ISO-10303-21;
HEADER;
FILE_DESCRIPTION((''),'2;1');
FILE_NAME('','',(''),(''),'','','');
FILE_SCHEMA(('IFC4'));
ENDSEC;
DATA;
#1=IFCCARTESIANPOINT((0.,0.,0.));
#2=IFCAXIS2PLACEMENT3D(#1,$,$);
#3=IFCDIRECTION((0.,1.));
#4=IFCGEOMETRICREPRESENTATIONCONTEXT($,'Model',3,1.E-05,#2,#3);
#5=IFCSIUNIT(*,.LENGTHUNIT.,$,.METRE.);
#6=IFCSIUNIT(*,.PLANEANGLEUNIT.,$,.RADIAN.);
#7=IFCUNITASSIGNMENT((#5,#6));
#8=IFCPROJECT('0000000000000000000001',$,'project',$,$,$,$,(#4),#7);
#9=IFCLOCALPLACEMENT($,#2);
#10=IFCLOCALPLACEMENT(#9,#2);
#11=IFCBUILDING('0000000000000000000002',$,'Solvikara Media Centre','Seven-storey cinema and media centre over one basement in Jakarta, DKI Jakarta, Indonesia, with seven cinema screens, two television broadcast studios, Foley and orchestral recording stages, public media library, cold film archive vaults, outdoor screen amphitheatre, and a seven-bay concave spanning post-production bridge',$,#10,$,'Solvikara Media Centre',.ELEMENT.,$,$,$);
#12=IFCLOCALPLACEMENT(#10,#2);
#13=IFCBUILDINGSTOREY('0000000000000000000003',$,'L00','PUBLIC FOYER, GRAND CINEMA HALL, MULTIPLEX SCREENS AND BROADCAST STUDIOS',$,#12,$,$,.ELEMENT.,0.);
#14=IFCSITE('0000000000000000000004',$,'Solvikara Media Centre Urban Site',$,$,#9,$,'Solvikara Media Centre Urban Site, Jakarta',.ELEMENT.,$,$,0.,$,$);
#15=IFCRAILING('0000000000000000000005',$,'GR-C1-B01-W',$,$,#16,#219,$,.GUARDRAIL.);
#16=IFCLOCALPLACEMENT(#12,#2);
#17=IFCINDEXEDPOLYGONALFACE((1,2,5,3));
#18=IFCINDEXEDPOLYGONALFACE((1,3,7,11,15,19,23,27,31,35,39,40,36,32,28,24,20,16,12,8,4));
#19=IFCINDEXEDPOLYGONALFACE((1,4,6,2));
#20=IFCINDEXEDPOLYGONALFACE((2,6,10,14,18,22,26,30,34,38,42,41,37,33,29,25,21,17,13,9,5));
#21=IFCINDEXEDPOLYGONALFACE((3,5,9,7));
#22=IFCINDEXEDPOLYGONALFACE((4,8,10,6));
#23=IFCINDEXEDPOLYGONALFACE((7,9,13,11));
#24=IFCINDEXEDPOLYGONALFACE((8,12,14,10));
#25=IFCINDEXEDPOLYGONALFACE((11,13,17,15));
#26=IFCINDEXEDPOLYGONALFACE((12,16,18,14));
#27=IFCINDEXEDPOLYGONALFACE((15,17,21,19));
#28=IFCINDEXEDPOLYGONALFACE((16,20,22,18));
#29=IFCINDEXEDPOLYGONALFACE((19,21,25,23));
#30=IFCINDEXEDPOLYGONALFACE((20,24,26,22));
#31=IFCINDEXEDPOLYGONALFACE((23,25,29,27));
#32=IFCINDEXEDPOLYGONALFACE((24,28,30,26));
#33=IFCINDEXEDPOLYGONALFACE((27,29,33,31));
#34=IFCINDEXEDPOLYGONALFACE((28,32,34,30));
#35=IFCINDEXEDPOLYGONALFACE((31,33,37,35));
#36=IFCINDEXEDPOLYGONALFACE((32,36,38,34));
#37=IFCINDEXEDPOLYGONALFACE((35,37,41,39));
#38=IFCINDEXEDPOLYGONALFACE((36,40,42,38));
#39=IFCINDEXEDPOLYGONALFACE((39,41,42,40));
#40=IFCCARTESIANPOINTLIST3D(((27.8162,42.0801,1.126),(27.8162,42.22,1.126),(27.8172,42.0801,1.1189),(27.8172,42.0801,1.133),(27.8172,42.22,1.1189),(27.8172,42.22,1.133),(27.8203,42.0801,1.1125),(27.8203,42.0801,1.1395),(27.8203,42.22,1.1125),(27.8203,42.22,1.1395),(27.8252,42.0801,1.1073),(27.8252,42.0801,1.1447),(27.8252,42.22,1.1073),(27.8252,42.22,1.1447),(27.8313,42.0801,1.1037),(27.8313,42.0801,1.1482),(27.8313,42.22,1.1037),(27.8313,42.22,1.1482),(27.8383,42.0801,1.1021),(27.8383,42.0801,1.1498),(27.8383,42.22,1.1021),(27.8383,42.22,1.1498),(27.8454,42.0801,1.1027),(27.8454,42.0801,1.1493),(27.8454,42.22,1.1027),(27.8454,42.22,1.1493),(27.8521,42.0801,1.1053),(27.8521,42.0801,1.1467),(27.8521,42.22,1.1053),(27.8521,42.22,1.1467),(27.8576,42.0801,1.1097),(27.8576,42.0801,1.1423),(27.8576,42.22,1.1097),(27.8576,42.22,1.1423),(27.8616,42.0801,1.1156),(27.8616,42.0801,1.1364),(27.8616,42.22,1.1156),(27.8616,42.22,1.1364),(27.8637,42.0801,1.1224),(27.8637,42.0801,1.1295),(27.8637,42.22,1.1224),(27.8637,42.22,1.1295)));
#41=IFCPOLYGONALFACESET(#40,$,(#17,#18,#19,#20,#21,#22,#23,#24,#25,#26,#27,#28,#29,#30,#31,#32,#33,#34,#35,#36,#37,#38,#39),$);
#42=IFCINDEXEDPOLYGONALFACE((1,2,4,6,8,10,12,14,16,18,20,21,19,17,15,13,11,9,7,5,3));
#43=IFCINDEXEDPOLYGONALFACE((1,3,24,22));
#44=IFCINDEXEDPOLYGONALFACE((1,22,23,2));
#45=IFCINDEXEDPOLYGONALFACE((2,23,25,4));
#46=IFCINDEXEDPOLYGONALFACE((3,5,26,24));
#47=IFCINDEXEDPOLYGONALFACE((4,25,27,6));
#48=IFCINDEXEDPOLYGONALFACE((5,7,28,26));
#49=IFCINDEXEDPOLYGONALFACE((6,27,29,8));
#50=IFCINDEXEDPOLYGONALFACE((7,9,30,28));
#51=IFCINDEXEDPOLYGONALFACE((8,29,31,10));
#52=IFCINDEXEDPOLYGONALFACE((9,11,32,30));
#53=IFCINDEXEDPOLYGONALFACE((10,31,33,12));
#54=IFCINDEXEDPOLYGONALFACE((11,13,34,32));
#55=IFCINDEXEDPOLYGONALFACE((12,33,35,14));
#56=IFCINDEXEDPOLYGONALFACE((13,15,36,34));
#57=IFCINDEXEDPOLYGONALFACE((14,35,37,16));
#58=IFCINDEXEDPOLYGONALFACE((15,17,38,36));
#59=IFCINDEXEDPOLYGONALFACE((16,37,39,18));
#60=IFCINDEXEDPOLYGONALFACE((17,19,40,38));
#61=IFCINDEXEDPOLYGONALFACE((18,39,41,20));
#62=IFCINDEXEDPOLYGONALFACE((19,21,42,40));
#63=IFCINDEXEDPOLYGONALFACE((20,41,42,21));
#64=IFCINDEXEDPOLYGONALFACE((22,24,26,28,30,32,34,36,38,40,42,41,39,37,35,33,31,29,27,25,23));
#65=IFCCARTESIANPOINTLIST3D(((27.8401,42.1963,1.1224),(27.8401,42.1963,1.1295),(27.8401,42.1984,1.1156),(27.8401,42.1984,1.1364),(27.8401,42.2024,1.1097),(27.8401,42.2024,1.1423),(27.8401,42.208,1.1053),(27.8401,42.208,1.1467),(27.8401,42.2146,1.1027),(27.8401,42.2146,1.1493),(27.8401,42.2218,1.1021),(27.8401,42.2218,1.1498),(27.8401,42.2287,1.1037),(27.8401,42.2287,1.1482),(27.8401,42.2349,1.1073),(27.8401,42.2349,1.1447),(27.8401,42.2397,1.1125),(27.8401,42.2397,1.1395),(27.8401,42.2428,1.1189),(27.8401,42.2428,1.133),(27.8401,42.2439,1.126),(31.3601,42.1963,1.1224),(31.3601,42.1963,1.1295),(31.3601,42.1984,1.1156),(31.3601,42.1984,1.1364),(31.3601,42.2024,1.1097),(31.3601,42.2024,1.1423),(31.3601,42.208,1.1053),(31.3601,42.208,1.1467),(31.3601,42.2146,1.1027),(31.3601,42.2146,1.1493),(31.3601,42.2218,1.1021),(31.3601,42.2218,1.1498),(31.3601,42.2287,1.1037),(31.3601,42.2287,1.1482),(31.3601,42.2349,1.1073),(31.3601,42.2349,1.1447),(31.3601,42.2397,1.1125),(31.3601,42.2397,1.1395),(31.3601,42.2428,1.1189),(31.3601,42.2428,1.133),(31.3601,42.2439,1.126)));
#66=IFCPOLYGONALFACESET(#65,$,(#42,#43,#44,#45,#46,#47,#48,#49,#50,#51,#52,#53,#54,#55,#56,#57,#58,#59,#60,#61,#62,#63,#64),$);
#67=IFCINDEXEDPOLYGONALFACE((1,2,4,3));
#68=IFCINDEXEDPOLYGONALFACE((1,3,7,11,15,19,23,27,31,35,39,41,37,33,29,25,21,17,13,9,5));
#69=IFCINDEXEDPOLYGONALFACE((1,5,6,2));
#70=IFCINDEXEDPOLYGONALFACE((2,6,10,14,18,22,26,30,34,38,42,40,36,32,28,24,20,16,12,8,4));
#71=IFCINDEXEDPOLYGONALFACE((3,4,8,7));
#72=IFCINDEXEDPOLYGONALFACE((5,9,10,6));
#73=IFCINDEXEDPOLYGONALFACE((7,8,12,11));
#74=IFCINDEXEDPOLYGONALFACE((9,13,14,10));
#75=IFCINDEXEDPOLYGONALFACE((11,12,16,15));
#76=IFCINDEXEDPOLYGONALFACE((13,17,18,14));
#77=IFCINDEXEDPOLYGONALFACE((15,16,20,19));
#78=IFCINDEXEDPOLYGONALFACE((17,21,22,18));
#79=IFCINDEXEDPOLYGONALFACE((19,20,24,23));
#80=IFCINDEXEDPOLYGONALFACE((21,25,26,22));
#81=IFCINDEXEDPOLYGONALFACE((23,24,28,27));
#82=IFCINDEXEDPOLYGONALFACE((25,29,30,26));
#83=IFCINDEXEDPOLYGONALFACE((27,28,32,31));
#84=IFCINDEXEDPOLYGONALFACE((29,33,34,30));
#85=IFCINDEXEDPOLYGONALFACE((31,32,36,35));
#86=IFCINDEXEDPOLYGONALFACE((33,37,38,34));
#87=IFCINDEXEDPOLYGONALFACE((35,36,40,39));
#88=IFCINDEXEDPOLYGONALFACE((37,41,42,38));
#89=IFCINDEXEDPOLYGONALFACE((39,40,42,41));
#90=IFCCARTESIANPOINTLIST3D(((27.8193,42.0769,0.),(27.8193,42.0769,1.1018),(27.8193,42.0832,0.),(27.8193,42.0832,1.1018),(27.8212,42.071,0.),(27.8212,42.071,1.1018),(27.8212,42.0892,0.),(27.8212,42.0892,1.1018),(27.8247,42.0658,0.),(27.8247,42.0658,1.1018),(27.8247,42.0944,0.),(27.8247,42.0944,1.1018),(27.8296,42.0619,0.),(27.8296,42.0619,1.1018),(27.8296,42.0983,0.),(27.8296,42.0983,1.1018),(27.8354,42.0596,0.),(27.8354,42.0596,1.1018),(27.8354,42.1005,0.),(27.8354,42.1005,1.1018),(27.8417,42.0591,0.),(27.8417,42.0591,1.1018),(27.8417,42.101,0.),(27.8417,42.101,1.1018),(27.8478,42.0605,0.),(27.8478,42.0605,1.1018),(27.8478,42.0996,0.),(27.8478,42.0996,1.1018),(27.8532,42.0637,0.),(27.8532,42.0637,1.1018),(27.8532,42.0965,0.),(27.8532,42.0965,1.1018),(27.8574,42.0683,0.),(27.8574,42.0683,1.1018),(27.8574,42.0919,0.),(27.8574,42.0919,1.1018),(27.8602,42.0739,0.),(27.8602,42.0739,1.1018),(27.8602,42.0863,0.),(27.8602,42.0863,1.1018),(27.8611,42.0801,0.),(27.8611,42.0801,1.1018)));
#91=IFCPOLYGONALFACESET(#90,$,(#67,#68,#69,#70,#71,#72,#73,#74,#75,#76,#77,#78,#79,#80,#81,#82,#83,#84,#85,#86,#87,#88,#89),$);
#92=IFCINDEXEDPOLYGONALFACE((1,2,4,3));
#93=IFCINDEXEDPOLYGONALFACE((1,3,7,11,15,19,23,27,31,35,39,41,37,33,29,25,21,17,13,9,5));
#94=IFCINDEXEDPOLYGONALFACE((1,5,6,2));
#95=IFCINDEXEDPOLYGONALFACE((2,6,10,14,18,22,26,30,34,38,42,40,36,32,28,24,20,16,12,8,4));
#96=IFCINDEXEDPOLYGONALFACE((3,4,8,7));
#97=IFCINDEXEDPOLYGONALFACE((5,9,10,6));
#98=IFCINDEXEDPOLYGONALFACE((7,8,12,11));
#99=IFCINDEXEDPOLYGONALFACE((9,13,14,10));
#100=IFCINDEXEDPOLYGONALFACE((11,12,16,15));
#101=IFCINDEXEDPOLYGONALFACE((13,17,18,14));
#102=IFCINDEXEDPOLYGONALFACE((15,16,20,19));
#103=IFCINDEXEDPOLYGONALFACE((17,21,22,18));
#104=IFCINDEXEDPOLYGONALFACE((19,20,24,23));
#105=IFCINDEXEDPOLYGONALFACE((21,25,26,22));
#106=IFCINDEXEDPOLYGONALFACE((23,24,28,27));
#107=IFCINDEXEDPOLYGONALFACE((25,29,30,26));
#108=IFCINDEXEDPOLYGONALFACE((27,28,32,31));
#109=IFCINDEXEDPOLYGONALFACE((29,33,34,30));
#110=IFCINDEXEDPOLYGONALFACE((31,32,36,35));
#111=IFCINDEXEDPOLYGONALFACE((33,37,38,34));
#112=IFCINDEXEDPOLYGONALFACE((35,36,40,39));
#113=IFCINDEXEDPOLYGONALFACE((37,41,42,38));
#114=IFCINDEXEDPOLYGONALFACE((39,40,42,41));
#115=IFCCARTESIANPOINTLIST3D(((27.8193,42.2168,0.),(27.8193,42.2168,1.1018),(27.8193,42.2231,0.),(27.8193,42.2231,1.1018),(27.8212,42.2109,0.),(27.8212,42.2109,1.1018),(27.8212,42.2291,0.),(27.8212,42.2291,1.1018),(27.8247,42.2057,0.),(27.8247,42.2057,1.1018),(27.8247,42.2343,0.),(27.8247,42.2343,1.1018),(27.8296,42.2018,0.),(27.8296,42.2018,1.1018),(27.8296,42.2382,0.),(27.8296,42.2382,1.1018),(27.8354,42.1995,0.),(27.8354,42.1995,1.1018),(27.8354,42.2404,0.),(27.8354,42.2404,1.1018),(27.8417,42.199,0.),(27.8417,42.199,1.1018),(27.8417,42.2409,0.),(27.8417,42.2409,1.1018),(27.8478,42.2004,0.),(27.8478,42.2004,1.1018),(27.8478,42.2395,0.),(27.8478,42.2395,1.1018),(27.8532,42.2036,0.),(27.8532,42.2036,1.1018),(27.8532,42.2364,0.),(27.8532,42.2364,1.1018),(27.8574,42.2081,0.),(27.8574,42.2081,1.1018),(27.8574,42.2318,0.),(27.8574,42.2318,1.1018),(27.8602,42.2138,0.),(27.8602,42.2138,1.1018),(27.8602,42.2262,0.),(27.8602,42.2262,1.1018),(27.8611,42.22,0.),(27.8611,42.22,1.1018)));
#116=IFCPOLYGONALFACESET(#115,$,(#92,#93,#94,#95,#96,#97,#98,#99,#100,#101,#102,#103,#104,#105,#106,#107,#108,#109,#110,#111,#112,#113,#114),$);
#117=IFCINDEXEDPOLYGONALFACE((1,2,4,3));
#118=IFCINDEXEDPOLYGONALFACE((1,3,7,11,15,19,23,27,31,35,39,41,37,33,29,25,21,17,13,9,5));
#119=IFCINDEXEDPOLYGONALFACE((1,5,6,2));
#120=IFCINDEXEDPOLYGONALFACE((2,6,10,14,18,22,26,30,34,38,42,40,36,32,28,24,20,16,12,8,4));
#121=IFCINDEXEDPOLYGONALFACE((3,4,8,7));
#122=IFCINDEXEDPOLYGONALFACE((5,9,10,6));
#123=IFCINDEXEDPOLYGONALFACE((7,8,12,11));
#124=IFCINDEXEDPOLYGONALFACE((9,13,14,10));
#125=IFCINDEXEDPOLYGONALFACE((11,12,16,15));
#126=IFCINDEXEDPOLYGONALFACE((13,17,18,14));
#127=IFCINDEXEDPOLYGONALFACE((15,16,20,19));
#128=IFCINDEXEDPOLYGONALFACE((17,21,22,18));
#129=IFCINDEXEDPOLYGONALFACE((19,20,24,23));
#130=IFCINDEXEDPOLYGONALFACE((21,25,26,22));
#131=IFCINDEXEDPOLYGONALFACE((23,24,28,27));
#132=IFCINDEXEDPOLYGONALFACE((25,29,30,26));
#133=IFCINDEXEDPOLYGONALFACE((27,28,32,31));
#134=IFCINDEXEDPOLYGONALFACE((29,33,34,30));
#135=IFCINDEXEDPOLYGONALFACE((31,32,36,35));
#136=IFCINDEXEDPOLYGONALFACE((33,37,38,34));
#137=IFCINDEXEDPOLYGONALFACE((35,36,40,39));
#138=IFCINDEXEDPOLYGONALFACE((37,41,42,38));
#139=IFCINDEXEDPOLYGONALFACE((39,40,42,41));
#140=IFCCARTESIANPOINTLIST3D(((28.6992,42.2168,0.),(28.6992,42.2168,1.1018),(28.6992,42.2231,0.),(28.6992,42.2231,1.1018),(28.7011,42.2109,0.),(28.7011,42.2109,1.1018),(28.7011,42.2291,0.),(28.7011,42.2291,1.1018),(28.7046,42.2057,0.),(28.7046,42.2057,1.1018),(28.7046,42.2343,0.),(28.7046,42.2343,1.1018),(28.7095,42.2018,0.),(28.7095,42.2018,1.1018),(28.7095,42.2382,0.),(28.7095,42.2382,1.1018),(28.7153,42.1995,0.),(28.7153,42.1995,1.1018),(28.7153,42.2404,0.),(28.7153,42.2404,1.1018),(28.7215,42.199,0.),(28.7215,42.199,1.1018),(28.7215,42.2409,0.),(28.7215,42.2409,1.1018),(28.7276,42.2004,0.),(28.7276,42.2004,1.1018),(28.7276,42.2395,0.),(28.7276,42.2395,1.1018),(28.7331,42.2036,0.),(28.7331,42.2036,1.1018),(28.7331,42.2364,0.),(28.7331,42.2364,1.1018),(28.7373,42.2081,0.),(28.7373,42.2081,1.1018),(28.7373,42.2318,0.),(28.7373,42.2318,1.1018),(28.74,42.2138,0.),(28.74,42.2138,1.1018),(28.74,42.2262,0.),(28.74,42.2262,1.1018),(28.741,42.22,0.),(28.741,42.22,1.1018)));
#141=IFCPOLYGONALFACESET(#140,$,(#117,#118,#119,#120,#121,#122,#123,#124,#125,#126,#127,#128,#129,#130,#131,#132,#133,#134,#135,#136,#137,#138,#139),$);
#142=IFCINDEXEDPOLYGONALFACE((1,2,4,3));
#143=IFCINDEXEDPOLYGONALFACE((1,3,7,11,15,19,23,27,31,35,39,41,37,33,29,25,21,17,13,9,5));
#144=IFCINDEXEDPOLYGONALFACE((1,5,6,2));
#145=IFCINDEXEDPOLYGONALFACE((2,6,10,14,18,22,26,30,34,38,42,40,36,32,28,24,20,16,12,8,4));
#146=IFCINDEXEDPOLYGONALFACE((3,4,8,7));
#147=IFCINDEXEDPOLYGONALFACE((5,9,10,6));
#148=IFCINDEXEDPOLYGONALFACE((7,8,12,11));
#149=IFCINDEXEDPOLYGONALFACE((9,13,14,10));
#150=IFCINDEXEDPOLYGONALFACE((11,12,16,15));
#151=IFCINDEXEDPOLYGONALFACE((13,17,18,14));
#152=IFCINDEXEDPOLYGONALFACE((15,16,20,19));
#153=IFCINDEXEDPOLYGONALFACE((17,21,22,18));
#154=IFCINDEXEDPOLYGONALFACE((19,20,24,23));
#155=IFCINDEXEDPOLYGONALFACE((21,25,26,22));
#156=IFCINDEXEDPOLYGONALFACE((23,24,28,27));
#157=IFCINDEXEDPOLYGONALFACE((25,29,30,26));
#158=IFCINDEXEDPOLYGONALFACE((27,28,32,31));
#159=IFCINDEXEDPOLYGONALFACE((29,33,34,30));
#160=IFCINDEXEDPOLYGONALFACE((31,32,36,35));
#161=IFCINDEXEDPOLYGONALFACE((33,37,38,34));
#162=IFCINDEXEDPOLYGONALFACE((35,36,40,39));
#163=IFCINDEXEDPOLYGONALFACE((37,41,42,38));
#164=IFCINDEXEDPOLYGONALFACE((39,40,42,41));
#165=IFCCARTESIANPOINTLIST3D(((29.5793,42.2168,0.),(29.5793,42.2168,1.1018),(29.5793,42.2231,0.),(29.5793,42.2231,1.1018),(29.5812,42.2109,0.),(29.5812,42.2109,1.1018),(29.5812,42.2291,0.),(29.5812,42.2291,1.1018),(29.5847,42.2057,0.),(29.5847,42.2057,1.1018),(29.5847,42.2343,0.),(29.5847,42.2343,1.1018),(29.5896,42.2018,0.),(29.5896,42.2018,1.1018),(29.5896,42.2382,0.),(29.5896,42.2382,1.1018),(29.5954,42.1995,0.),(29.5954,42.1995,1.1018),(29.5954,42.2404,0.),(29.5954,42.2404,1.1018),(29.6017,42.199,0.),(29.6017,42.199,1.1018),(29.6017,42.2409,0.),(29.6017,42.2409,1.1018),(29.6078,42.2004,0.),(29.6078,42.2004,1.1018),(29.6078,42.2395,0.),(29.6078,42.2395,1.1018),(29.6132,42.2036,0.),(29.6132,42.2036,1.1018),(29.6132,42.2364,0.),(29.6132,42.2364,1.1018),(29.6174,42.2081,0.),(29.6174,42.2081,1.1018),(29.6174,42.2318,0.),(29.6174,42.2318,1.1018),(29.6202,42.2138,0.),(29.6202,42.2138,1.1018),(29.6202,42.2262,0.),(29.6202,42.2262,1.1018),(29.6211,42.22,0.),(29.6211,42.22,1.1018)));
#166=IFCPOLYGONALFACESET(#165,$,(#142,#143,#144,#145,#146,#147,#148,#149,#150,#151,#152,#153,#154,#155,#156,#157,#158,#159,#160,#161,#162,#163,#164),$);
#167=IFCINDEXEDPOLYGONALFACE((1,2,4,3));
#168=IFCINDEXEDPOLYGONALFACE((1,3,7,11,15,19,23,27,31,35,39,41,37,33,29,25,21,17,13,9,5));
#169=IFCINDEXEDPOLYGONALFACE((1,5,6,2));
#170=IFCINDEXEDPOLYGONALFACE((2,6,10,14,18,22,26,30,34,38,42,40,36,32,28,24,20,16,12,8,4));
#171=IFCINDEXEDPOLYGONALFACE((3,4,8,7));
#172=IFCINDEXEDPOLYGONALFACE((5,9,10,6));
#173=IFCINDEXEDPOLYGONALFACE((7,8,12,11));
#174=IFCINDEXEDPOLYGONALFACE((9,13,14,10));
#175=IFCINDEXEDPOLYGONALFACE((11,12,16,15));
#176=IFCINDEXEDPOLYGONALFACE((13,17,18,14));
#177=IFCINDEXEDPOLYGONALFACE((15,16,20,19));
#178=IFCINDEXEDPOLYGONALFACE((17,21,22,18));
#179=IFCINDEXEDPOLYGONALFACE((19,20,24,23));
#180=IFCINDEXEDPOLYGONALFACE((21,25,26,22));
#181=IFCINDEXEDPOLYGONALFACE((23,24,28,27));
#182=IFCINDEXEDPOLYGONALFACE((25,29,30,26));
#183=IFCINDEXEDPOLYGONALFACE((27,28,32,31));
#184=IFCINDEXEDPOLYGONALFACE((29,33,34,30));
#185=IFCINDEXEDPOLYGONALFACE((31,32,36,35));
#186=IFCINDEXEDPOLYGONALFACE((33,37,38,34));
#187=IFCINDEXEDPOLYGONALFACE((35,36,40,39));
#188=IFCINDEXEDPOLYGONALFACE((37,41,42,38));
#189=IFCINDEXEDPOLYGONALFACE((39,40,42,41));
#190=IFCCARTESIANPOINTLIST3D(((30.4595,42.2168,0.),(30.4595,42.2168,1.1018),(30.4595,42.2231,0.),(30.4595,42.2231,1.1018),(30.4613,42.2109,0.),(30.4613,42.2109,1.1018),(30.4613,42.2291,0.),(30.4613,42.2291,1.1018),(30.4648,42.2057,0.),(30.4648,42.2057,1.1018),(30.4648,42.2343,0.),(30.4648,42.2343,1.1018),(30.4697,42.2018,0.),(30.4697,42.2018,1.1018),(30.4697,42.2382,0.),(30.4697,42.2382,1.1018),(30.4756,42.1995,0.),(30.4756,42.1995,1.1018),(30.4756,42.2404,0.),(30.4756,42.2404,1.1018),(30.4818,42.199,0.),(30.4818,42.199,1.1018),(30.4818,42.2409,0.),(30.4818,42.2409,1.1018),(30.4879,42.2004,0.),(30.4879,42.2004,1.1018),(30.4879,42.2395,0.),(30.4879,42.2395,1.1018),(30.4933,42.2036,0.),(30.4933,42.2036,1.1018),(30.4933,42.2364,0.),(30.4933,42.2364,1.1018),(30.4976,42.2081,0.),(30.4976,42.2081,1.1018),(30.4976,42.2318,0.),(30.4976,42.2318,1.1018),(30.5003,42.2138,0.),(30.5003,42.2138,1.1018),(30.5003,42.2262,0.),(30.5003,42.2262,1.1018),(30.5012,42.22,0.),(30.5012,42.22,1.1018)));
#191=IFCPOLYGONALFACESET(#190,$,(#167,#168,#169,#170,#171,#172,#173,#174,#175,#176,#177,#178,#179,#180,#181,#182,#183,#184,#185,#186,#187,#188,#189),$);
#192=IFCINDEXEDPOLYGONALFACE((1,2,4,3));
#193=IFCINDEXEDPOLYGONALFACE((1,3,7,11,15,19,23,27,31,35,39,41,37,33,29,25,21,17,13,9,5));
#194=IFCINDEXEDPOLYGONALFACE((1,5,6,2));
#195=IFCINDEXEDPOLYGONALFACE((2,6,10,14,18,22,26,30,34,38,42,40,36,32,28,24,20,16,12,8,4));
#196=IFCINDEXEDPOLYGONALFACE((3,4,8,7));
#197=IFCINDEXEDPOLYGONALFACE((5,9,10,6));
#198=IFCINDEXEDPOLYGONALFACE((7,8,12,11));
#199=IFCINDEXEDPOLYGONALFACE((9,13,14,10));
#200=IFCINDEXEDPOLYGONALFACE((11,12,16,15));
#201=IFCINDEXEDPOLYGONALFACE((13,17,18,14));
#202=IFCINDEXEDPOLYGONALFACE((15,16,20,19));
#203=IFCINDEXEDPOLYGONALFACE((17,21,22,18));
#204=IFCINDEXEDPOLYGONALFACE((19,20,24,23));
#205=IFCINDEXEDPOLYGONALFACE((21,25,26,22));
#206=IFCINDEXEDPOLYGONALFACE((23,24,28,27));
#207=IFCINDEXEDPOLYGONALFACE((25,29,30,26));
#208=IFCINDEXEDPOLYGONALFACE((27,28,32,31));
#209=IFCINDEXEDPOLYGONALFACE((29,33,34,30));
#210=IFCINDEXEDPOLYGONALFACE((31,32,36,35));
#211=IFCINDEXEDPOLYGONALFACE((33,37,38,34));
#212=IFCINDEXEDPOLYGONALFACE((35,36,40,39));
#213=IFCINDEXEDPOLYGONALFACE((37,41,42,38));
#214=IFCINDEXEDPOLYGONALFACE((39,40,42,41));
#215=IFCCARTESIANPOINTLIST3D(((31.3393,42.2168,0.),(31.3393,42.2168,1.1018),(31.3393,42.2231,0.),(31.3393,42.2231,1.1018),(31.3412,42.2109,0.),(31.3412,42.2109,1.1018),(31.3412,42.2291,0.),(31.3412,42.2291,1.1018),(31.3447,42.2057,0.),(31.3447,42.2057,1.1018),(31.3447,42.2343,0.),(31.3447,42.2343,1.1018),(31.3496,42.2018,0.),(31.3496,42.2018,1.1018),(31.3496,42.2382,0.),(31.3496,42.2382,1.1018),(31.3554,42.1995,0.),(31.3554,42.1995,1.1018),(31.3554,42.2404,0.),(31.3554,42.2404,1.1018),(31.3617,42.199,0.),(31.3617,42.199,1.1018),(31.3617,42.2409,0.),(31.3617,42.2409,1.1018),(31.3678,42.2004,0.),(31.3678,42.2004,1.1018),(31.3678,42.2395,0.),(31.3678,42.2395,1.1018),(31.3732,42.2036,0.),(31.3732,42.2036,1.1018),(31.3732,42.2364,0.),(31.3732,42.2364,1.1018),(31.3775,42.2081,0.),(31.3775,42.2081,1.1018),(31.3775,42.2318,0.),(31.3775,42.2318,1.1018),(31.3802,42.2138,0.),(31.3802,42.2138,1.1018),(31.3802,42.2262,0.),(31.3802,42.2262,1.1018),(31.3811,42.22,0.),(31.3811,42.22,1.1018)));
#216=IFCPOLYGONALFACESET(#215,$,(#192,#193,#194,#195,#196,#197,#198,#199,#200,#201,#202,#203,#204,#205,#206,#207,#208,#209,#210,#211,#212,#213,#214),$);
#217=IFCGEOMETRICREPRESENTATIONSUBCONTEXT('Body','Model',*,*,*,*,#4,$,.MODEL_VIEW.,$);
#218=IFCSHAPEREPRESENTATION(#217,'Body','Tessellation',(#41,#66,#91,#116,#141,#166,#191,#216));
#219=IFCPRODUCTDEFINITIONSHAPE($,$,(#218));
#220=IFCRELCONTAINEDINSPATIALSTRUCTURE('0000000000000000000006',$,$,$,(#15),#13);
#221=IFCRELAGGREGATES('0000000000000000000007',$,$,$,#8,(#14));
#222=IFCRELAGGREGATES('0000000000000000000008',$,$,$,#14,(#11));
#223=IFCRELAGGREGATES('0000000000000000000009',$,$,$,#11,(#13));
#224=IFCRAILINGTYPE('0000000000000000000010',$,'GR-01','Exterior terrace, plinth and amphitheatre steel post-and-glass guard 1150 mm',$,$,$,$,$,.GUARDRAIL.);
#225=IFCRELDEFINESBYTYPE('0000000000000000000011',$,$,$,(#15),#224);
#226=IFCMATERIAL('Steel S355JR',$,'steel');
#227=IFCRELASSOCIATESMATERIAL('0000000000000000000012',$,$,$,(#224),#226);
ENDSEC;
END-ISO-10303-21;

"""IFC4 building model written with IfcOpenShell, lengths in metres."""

from ifc_helpers import new_model, si_unit, direction, frame, origin, origin_2d, place, context, subcontext, project, spatial, circle, extrude, material, type_object, element, save


model = new_model("IFC4")

# Units and contexts
model_context = context("Model", 3, precision=1e-05, world=origin(), true_north=direction((0.0, 1.0)))
body_context = subcontext(model_context, "Body", "Model", "MODEL_VIEW")
ifc_project = project(units=[si_unit("LENGTHUNIT", "METRE"), si_unit("PLANEANGLEUNIT", "RADIAN")], contexts=[model_context])

# Site, building, storey
site_placement = place(None, origin())
site = spatial("IfcSite", under=ifc_project, at=site_placement, Name="Solvikara Media Centre Urban Site", LongName="Solvikara Media Centre Urban Site, Jakarta", CompositionType="ELEMENT", RefElevation=0.0)
building_placement = place(site_placement, origin())
building = spatial("IfcBuilding", under=site, at=building_placement, Name="Solvikara Media Centre", Description="Seven-storey cinema and media centre over one basement in Jakarta, DKI Jakarta, Indonesia, with seven cinema screens, two television broadcast studios, Foley and orchestral recording stages, public media library, cold film archive vaults, outdoor screen amphitheatre, and a seven-bay concave spanning post-production bridge", LongName="Solvikara Media Centre", CompositionType="ELEMENT")
storey_placement = place(building_placement, origin())
storey = spatial("IfcBuildingStorey", under=building, at=storey_placement, Name="L00", Description="PUBLIC FOYER, GRAND CINEMA HALL, MULTIPLEX SCREENS AND BROADCAST STUDIOS", CompositionType="ELEMENT", Elevation=0.0)

# Shared definitions
ifc_material_1 = material(Name="Steel S355JR", Category="steel")

# Railing
railing_type_1 = type_object("IfcRailingType", Name="GR-01", Description="Exterior terrace, plinth and amphitheatre steel post-and-glass guard 1150 mm", PredefinedType="GUARDRAIL", material=ifc_material_1)
railing_1_placement = place(storey_placement, frame((27.8401, 42.0801, 0.0)))
element("IfcRailing", 1, at=railing_1_placement, inside=storey, type_object=railing_type_1, Name="GR-C1-B01-W", PredefinedType="GUARDRAIL", context=body_context, shape_type="SweptSolid", body=[
    extrude(circle(Radius=0.0239, at=origin_2d()), frame((0.0, 0.0, 1.126), z_axis=(0.0, 1.0, 0.0), x_axis=(-1.0, 0.0, 0.0)), (0.0, 0.0, 1.0), 0.1399),
    extrude(circle(Radius=0.0239, at=origin_2d()), frame((0.0, 0.1399, 1.126), z_axis=(1.0, 0.0, 0.0), x_axis=(0.0, 1.0, 0.0)), (0.0, 0.0, 1.0), 3.52),
    extrude(circle(Radius=0.021, at=origin_2d()), origin(), (0.0, 0.0, 1.0), 1.1018),
    extrude(circle(Radius=0.021, at=origin_2d()), frame((0.0, 0.1399, 0.0)), (0.0, 0.0, 1.0), 1.1018),
    extrude(circle(Radius=0.021, at=origin_2d()), frame((0.8799, 0.1399, 0.0)), (0.0, 0.0, 1.0), 1.1018),
    extrude(circle(Radius=0.021, at=origin_2d()), frame((1.76, 0.1399, 0.0)), (0.0, 0.0, 1.0), 1.1018),
    extrude(circle(Radius=0.021, at=origin_2d()), frame((2.6401, 0.1399, 0.0)), (0.0, 0.0, 1.0), 1.1018),
    extrude(circle(Radius=0.021, at=origin_2d()), frame((3.52, 0.1399, 0.0)), (0.0, 0.0, 1.0), 1.1018),
])

save(model, "model.ifc")
